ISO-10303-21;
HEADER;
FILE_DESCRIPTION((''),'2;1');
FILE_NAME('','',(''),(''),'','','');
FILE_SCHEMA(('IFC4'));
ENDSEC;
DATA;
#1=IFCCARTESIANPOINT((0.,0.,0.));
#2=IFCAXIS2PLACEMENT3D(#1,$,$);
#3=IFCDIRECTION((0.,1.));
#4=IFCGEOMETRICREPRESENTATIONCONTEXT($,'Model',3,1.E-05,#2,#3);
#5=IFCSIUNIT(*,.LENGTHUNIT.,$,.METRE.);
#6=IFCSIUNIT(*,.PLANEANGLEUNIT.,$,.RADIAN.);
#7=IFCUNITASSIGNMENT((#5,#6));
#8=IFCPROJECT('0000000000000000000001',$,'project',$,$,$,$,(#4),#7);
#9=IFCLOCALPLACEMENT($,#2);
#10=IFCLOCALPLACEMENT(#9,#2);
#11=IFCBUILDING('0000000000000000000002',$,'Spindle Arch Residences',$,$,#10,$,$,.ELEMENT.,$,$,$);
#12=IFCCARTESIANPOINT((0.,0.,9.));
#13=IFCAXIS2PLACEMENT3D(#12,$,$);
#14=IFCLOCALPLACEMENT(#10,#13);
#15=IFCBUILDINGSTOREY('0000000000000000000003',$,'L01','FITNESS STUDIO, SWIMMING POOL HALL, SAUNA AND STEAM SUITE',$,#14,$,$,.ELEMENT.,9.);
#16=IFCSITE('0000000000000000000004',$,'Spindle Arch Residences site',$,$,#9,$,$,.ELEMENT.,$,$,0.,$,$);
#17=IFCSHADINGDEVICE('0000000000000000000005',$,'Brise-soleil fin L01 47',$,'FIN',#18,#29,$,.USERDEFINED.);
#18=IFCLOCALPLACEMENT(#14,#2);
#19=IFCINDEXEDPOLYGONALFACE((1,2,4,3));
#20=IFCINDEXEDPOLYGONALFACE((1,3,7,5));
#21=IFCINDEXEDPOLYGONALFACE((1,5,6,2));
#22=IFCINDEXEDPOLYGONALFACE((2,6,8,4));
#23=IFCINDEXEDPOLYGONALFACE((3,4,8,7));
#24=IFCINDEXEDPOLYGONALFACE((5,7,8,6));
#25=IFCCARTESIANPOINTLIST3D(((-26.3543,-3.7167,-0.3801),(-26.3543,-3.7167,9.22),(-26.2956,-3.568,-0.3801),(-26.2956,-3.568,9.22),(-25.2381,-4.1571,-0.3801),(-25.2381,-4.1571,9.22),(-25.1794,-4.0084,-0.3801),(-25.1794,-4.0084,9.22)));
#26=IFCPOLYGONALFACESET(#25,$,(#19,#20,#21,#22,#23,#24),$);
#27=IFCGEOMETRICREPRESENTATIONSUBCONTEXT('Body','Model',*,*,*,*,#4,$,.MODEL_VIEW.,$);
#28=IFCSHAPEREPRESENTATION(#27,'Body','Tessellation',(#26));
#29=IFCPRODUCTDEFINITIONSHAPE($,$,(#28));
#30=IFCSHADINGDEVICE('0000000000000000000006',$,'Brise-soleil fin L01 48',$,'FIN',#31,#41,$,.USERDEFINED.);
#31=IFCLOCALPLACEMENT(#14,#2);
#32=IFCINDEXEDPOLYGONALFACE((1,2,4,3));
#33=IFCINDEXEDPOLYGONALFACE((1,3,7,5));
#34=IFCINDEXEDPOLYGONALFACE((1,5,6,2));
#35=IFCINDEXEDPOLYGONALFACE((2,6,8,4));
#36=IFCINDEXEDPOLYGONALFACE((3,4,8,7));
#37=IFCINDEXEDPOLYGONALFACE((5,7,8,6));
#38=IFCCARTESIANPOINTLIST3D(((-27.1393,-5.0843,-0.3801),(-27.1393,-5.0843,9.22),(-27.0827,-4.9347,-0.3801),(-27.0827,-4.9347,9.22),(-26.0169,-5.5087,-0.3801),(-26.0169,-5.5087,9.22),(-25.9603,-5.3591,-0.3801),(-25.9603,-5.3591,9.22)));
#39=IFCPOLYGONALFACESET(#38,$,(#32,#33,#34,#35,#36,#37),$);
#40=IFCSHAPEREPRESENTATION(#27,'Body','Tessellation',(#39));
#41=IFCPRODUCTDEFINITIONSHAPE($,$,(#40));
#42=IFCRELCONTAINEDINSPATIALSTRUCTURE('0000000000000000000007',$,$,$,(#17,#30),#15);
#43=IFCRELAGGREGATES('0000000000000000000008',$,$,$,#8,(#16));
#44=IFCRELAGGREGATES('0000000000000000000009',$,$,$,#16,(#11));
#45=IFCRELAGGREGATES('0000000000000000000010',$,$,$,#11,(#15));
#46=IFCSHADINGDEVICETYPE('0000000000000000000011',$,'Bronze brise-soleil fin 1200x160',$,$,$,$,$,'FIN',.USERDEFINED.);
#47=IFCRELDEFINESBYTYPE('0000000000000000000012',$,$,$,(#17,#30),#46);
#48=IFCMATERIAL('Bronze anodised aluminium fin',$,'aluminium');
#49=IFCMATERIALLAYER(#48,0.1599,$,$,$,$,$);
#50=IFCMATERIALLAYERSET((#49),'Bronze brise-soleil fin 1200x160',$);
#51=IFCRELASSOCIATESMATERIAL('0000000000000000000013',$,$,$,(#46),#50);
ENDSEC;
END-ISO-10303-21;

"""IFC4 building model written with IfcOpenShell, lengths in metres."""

from ifc_helpers import new_model, si_unit, direction, frame, origin, origin_2d, place, context, subcontext, project, spatial, rectangle, extrude, material, layer, layer_set, type_object, element, save


model = new_model("IFC4")

# Units and contexts
model_context = context("Model", 3, precision=1e-05, world=origin(), true_north=direction((0.0, 1.0)))
body_context = subcontext(model_context, "Body", "Model", "MODEL_VIEW")
ifc_project = project(units=[si_unit("LENGTHUNIT", "METRE"), si_unit("PLANEANGLEUNIT", "RADIAN")], contexts=[model_context])

# Site, building, storey
site_placement = place(None, origin())
site = spatial("IfcSite", under=ifc_project, at=site_placement, Name="Spindle Arch Residences site", CompositionType="ELEMENT", RefElevation=0.0)
building_placement = place(site_placement, origin())
building = spatial("IfcBuilding", under=site, at=building_placement, Name="Spindle Arch Residences", CompositionType="ELEMENT")
storey_placement = place(building_placement, frame((0.0, 0.0, 9.0)))
storey = spatial("IfcBuildingStorey", under=building, at=storey_placement, Name="L01", Description="FITNESS STUDIO, SWIMMING POOL HALL, SAUNA AND STEAM SUITE", CompositionType="ELEMENT", Elevation=9.0)

# Shading devices
ifc_material_1 = material(Name="Bronze anodised aluminium fin", Category="aluminium")
ifc_layer_1 = layer(ifc_material_1, 0.1599)
ifc_layer_set_1 = layer_set([ifc_layer_1], Name="Bronze brise-soleil fin 1200x160")
shading_device_type = type_object("IfcShadingDeviceType", Name="Bronze brise-soleil fin 1200x160", ElementType="FIN", PredefinedType="USERDEFINED", material=ifc_layer_set_1)
for number, where, z_axis, x_axis, name in (
    (1, (-25.7668, -3.8625, -0.3801), (0.0, 0.0, 1.0), (-0.930218, 0.367007, 0.0), "Brise-soleil fin L01 47"),
    (2, (-26.5498, -5.2217, -0.3801), (0.0, 0.0, 1.0), (-0.935366, 0.35368, 0.0), "Brise-soleil fin L01 48"),
):
    element("IfcShadingDevice", number, at=place(storey_placement, frame(where, z_axis=z_axis, x_axis=x_axis)), inside=storey, type_object=shading_device_type, Name=name, ObjectType="FIN", PredefinedType="USERDEFINED", context=body_context, shape_type="SweptSolid", body=[
        extrude(rectangle(XDim=1.2, YDim=0.1599, at=origin_2d()), origin(), (0.0, 0.0, 1.0), 9.6001),
    ])

save(model, "model.ifc")
